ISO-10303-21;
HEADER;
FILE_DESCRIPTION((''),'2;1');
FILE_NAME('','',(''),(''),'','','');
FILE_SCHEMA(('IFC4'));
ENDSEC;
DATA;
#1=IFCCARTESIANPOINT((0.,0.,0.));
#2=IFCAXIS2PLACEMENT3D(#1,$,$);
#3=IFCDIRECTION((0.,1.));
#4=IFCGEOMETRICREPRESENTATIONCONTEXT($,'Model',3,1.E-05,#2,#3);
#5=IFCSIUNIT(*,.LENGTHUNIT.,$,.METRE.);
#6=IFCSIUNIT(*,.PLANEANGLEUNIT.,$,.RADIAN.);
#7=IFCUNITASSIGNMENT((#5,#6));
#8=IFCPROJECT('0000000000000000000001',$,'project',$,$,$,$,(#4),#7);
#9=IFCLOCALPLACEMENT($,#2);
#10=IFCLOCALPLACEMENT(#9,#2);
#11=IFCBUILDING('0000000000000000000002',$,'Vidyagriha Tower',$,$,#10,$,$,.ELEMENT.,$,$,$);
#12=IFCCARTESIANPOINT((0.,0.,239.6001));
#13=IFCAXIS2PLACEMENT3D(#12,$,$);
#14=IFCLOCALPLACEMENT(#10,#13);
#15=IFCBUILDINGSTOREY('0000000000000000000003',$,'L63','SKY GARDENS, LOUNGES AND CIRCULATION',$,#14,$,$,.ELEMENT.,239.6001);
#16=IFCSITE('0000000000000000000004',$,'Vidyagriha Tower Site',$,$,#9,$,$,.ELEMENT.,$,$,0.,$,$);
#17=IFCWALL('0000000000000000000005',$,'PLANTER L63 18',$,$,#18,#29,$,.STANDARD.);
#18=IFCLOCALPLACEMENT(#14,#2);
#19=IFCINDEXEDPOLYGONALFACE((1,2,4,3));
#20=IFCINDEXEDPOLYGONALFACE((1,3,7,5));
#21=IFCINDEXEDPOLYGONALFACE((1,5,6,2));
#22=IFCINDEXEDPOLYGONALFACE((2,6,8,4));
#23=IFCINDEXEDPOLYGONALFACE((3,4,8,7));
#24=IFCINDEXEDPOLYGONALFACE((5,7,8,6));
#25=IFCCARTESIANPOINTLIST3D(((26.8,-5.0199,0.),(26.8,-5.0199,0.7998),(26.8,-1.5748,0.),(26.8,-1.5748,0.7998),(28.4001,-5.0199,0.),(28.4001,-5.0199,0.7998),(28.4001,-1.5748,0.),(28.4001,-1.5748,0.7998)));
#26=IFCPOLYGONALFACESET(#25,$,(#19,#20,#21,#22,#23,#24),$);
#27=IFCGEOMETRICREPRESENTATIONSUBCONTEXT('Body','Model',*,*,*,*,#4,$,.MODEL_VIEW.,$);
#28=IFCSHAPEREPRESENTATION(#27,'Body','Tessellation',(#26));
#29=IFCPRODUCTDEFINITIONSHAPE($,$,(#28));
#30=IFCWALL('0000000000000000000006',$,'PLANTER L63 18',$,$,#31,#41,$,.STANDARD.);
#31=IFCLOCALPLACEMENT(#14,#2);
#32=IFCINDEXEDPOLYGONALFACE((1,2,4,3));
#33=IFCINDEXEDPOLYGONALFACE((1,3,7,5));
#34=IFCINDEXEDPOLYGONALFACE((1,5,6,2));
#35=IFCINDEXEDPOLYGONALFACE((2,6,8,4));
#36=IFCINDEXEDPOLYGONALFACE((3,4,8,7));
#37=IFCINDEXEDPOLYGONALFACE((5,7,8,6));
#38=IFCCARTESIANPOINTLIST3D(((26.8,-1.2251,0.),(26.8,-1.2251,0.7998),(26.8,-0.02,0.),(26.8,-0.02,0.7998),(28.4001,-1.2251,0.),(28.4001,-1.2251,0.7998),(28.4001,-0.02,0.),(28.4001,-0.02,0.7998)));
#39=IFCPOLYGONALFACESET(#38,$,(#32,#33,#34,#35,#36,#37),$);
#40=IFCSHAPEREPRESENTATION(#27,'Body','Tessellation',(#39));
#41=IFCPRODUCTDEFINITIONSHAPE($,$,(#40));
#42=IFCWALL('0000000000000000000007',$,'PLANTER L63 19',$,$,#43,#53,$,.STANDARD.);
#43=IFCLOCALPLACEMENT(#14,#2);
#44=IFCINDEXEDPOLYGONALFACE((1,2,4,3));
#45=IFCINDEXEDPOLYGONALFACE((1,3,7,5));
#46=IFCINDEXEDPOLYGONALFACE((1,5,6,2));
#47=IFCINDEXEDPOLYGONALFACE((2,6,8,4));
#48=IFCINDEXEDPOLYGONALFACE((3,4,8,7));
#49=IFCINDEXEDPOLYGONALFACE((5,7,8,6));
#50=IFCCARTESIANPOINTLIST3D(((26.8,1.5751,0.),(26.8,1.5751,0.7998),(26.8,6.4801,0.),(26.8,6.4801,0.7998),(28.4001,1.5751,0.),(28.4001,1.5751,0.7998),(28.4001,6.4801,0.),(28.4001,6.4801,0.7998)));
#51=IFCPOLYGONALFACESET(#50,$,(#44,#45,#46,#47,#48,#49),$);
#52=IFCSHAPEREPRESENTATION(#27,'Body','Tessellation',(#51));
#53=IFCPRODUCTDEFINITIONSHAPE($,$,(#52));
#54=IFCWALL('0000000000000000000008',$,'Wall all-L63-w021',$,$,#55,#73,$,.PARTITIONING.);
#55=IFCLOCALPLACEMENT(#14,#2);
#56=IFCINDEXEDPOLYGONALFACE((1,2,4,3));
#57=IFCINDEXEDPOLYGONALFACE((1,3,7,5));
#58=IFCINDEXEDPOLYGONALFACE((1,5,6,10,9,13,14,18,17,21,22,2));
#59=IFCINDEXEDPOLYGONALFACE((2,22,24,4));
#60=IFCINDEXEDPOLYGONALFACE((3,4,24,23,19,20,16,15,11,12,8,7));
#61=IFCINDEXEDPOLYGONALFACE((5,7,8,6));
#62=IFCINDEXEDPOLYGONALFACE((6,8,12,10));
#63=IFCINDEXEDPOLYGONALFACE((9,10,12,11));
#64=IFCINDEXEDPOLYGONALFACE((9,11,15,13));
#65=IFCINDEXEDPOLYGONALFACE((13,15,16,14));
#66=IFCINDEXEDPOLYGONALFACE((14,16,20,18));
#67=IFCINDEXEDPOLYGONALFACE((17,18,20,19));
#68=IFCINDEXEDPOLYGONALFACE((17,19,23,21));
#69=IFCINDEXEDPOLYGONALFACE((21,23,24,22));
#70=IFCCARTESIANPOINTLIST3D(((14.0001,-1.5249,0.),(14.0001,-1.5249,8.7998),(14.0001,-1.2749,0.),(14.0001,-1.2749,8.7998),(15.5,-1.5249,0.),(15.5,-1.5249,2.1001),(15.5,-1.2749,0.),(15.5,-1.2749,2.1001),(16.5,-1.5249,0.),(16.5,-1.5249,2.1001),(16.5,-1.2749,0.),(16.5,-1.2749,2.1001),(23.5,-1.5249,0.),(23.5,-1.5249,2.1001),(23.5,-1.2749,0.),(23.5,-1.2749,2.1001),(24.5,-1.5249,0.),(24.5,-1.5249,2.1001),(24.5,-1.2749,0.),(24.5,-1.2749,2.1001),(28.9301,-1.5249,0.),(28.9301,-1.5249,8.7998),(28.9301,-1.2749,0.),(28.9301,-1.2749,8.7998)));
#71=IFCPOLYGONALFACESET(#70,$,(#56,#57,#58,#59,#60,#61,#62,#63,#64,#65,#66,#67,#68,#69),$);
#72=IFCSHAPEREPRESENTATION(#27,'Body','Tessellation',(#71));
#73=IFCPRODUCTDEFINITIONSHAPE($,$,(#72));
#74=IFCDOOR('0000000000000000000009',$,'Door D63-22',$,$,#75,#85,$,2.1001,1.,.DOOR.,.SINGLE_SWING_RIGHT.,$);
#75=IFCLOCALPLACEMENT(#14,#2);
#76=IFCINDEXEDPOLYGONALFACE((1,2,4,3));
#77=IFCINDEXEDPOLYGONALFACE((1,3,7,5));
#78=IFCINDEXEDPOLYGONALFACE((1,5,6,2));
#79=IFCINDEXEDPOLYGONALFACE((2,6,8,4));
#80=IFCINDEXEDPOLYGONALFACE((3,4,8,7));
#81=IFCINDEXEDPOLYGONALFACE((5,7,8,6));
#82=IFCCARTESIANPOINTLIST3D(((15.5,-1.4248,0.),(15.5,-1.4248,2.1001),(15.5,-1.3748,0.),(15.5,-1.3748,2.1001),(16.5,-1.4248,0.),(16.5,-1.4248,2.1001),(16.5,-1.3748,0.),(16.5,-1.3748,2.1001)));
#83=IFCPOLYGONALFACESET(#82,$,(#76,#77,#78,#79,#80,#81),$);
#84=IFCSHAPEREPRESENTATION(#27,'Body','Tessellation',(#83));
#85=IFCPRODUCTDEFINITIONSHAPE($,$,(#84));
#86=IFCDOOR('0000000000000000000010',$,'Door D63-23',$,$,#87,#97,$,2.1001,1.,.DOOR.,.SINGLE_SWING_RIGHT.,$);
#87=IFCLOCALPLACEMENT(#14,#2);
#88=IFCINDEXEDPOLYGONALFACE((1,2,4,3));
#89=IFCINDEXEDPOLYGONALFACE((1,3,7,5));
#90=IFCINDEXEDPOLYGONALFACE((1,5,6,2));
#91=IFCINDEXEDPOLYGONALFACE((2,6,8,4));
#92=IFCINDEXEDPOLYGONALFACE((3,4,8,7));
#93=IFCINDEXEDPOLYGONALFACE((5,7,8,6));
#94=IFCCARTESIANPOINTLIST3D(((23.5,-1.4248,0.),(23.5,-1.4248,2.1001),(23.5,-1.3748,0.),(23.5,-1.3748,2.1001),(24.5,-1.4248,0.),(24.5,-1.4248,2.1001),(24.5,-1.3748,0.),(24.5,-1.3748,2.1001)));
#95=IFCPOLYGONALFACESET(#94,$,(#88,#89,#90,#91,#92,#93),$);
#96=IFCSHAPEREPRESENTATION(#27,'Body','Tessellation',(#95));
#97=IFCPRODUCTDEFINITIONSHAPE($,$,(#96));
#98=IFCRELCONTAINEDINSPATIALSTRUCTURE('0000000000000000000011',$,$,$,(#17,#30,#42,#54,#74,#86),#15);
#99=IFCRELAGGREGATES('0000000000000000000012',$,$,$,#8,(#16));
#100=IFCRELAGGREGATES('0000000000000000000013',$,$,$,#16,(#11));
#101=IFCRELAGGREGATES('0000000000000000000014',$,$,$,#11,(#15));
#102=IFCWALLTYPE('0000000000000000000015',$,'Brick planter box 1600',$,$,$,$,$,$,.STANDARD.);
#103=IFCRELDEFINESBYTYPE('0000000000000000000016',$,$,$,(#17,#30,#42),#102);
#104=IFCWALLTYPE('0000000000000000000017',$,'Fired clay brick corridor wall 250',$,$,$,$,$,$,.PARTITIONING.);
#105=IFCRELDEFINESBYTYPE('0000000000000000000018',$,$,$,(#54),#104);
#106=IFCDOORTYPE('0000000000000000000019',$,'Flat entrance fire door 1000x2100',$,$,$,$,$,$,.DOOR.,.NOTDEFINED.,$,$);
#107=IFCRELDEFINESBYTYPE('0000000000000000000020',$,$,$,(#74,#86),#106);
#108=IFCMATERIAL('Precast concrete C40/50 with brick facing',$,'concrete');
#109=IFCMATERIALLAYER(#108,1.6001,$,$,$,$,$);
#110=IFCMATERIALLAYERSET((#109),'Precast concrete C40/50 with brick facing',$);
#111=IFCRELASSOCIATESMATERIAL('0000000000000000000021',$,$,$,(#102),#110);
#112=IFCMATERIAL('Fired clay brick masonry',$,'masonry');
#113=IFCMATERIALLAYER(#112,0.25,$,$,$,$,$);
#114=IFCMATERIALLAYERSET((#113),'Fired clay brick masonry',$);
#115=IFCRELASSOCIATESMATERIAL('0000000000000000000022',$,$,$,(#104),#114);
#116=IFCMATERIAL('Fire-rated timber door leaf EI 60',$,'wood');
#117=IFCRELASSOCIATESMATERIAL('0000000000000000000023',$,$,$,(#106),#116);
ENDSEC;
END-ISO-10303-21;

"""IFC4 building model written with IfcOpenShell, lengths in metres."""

from ifc_helpers import new_model, si_unit, direction, frame, frame_2d, origin, place, context, subcontext, project, spatial, rectangle, extrude, material, layer, layer_set, type_object, element, fill, save


model = new_model("IFC4")

# Units and contexts
model_context = context("Model", 3, precision=1e-05, world=origin(), true_north=direction((0.0, 1.0)))
body_context = subcontext(model_context, "Body", "Model", "MODEL_VIEW")
ifc_project = project(units=[si_unit("LENGTHUNIT", "METRE"), si_unit("PLANEANGLEUNIT", "RADIAN")], contexts=[model_context])

# Site, building, storey
site_placement = place(None, origin())
site = spatial("IfcSite", under=ifc_project, at=site_placement, Name="Vidyagriha Tower Site", CompositionType="ELEMENT", RefElevation=0.0)
building_placement = place(site_placement, origin())
building = spatial("IfcBuilding", under=site, at=building_placement, Name="Vidyagriha Tower", CompositionType="ELEMENT")
storey_placement = place(building_placement, frame((0.0, 0.0, 239.6001)))
storey = spatial("IfcBuildingStorey", under=building, at=storey_placement, Name="L63", Description="SKY GARDENS, LOUNGES AND CIRCULATION", CompositionType="ELEMENT", Elevation=239.6001)

# Walls
ifc_material_1 = material(Name="Precast concrete C40/50 with brick facing", Category="concrete")
ifc_layer_1 = layer(ifc_material_1, 1.6001)
ifc_layer_set_1 = layer_set([ifc_layer_1], Name="Precast concrete C40/50 with brick facing")
wall_type_1 = type_object("IfcWallType", Name="Brick planter box 1600", PredefinedType="STANDARD", material=ifc_layer_set_1)
wall_1_placement = place(storey_placement, frame((27.6001, -5.02, 0.0), z_axis=(0.0, 0.0, 1.0), x_axis=(0.0, 1.0, 0.0)))
element("IfcWall", 1, at=wall_1_placement, inside=storey, type_object=wall_type_1, Name="PLANTER L63 18", PredefinedType="STANDARD", context=body_context, shape_type="SweptSolid", body=[
    extrude(rectangle(XDim=3.4451, YDim=1.6001, at=frame_2d((1.7227, 0.0))), origin(), (0.0, 0.0, 1.0), 0.7998),
])
wall_2_placement = place(storey_placement, frame((27.6001, -1.2251, 0.0), z_axis=(0.0, 0.0, 1.0), x_axis=(0.0, 1.0, 0.0)))
element("IfcWall", 2, at=wall_2_placement, inside=storey, type_object=wall_type_1, Name="PLANTER L63 18", PredefinedType="STANDARD", context=body_context, shape_type="SweptSolid", body=[
    extrude(rectangle(XDim=1.2051, YDim=1.6001, at=frame_2d((0.6025, 0.0))), origin(), (0.0, 0.0, 1.0), 0.7998),
])
wall_3_placement = place(storey_placement, frame((27.6001, 1.575, 0.0), z_axis=(0.0, 0.0, 1.0), x_axis=(0.0, 1.0, 0.0)))
element("IfcWall", 3, at=wall_3_placement, inside=storey, type_object=wall_type_1, Name="PLANTER L63 19", PredefinedType="STANDARD", context=body_context, shape_type="SweptSolid", body=[
    extrude(rectangle(XDim=4.905, YDim=1.6001, at=frame_2d((2.4526, 0.0))), origin(), (0.0, 0.0, 1.0), 0.7998),
])

# Wall, openings, doors
ifc_material_2 = material(Name="Fired clay brick masonry", Category="masonry")
ifc_layer_2 = layer(ifc_material_2, 0.25)
ifc_layer_set_2 = layer_set([ifc_layer_2], Name="Fired clay brick masonry")
wall_type_2 = type_object("IfcWallType", Name="Fired clay brick corridor wall 250", PredefinedType="PARTITIONING", material=ifc_layer_set_2)
wall_4_placement = place(storey_placement, frame((28.9299, -1.3999, 0.0), z_axis=(0.0, 0.0, 1.0), x_axis=(-1.0, 0.0, 0.0)))
wall_4 = element("IfcWall", 4, at=wall_4_placement, inside=storey, type_object=wall_type_2, Name="Wall all-L63-w021", PredefinedType="PARTITIONING", context=body_context, shape_type="SweptSolid", body=[
    extrude(rectangle(XDim=14.9299, YDim=0.25, at=frame_2d((7.4648, 0.0))), origin(), (0.0, 0.0, 1.0), 8.7998),
])
opening_1_placement = place(wall_4_placement, frame((12.4299, 0.0, 0.0)))
opening_1 = element("IfcOpeningElement", 5, at=opening_1_placement, cuts=wall_4, PredefinedType="OPENING", context=body_context, shape_type="SweptSolid", body=[
    extrude(rectangle(XDim=1.0, YDim=2.1001, at=frame_2d((0.5, 1.05))), frame((0.0, 0.135, 0.0), z_axis=(0.0, -1.0, 0.0), x_axis=(1.0, 0.0, 0.0)), (0.0, 0.0, 1.0), 0.27),
])
opening_2_placement = place(wall_4_placement, frame((4.4299, 0.0, 0.0)))
opening_2 = element("IfcOpeningElement", 6, at=opening_2_placement, cuts=wall_4, PredefinedType="OPENING", context=body_context, shape_type="SweptSolid", body=[
    extrude(rectangle(XDim=1.0, YDim=2.1001, at=frame_2d((0.5, 1.05))), frame((0.0, 0.135, 0.0), z_axis=(0.0, -1.0, 0.0), x_axis=(1.0, 0.0, 0.0)), (0.0, 0.0, 1.0), 0.27),
])
ifc_material_3 = material(Name="Fire-rated timber door leaf EI 60", Category="wood")
door_type = type_object("IfcDoorType", Name="Flat entrance fire door 1000x2100", OperationType="NOTDEFINED", PredefinedType="DOOR", material=ifc_material_3)
door_1_placement = place(opening_1_placement, origin())
door_1 = element("IfcDoor", 7, at=door_1_placement, inside=storey, type_object=door_type, Name="Door D63-22", OperationType="SINGLE_SWING_RIGHT", OverallHeight=2.1001, OverallWidth=1.0, PredefinedType="DOOR", context=body_context, shape_type="SweptSolid", body=[
    extrude(rectangle(XDim=1.0, YDim=2.1001, at=frame_2d((0.5, 1.05))), frame((0.0, 0.0249, 0.0), z_axis=(0.0, -1.0, 0.0), x_axis=(1.0, 0.0, 0.0)), (0.0, 0.0, 1.0), 0.05),
])
fill(opening_1, door_1)
door_2_placement = place(opening_2_placement, origin())
door_2 = element("IfcDoor", 8, at=door_2_placement, inside=storey, type_object=door_type, Name="Door D63-23", OperationType="SINGLE_SWING_RIGHT", OverallHeight=2.1001, OverallWidth=1.0, PredefinedType="DOOR", context=body_context, shape_type="SweptSolid", body=[
    extrude(rectangle(XDim=1.0, YDim=2.1001, at=frame_2d((0.5, 1.05))), frame((0.0, 0.0249, 0.0), z_axis=(0.0, -1.0, 0.0), x_axis=(1.0, 0.0, 0.0)), (0.0, 0.0, 1.0), 0.05),
])
fill(opening_2, door_2)

save(model, "model.ifc")
